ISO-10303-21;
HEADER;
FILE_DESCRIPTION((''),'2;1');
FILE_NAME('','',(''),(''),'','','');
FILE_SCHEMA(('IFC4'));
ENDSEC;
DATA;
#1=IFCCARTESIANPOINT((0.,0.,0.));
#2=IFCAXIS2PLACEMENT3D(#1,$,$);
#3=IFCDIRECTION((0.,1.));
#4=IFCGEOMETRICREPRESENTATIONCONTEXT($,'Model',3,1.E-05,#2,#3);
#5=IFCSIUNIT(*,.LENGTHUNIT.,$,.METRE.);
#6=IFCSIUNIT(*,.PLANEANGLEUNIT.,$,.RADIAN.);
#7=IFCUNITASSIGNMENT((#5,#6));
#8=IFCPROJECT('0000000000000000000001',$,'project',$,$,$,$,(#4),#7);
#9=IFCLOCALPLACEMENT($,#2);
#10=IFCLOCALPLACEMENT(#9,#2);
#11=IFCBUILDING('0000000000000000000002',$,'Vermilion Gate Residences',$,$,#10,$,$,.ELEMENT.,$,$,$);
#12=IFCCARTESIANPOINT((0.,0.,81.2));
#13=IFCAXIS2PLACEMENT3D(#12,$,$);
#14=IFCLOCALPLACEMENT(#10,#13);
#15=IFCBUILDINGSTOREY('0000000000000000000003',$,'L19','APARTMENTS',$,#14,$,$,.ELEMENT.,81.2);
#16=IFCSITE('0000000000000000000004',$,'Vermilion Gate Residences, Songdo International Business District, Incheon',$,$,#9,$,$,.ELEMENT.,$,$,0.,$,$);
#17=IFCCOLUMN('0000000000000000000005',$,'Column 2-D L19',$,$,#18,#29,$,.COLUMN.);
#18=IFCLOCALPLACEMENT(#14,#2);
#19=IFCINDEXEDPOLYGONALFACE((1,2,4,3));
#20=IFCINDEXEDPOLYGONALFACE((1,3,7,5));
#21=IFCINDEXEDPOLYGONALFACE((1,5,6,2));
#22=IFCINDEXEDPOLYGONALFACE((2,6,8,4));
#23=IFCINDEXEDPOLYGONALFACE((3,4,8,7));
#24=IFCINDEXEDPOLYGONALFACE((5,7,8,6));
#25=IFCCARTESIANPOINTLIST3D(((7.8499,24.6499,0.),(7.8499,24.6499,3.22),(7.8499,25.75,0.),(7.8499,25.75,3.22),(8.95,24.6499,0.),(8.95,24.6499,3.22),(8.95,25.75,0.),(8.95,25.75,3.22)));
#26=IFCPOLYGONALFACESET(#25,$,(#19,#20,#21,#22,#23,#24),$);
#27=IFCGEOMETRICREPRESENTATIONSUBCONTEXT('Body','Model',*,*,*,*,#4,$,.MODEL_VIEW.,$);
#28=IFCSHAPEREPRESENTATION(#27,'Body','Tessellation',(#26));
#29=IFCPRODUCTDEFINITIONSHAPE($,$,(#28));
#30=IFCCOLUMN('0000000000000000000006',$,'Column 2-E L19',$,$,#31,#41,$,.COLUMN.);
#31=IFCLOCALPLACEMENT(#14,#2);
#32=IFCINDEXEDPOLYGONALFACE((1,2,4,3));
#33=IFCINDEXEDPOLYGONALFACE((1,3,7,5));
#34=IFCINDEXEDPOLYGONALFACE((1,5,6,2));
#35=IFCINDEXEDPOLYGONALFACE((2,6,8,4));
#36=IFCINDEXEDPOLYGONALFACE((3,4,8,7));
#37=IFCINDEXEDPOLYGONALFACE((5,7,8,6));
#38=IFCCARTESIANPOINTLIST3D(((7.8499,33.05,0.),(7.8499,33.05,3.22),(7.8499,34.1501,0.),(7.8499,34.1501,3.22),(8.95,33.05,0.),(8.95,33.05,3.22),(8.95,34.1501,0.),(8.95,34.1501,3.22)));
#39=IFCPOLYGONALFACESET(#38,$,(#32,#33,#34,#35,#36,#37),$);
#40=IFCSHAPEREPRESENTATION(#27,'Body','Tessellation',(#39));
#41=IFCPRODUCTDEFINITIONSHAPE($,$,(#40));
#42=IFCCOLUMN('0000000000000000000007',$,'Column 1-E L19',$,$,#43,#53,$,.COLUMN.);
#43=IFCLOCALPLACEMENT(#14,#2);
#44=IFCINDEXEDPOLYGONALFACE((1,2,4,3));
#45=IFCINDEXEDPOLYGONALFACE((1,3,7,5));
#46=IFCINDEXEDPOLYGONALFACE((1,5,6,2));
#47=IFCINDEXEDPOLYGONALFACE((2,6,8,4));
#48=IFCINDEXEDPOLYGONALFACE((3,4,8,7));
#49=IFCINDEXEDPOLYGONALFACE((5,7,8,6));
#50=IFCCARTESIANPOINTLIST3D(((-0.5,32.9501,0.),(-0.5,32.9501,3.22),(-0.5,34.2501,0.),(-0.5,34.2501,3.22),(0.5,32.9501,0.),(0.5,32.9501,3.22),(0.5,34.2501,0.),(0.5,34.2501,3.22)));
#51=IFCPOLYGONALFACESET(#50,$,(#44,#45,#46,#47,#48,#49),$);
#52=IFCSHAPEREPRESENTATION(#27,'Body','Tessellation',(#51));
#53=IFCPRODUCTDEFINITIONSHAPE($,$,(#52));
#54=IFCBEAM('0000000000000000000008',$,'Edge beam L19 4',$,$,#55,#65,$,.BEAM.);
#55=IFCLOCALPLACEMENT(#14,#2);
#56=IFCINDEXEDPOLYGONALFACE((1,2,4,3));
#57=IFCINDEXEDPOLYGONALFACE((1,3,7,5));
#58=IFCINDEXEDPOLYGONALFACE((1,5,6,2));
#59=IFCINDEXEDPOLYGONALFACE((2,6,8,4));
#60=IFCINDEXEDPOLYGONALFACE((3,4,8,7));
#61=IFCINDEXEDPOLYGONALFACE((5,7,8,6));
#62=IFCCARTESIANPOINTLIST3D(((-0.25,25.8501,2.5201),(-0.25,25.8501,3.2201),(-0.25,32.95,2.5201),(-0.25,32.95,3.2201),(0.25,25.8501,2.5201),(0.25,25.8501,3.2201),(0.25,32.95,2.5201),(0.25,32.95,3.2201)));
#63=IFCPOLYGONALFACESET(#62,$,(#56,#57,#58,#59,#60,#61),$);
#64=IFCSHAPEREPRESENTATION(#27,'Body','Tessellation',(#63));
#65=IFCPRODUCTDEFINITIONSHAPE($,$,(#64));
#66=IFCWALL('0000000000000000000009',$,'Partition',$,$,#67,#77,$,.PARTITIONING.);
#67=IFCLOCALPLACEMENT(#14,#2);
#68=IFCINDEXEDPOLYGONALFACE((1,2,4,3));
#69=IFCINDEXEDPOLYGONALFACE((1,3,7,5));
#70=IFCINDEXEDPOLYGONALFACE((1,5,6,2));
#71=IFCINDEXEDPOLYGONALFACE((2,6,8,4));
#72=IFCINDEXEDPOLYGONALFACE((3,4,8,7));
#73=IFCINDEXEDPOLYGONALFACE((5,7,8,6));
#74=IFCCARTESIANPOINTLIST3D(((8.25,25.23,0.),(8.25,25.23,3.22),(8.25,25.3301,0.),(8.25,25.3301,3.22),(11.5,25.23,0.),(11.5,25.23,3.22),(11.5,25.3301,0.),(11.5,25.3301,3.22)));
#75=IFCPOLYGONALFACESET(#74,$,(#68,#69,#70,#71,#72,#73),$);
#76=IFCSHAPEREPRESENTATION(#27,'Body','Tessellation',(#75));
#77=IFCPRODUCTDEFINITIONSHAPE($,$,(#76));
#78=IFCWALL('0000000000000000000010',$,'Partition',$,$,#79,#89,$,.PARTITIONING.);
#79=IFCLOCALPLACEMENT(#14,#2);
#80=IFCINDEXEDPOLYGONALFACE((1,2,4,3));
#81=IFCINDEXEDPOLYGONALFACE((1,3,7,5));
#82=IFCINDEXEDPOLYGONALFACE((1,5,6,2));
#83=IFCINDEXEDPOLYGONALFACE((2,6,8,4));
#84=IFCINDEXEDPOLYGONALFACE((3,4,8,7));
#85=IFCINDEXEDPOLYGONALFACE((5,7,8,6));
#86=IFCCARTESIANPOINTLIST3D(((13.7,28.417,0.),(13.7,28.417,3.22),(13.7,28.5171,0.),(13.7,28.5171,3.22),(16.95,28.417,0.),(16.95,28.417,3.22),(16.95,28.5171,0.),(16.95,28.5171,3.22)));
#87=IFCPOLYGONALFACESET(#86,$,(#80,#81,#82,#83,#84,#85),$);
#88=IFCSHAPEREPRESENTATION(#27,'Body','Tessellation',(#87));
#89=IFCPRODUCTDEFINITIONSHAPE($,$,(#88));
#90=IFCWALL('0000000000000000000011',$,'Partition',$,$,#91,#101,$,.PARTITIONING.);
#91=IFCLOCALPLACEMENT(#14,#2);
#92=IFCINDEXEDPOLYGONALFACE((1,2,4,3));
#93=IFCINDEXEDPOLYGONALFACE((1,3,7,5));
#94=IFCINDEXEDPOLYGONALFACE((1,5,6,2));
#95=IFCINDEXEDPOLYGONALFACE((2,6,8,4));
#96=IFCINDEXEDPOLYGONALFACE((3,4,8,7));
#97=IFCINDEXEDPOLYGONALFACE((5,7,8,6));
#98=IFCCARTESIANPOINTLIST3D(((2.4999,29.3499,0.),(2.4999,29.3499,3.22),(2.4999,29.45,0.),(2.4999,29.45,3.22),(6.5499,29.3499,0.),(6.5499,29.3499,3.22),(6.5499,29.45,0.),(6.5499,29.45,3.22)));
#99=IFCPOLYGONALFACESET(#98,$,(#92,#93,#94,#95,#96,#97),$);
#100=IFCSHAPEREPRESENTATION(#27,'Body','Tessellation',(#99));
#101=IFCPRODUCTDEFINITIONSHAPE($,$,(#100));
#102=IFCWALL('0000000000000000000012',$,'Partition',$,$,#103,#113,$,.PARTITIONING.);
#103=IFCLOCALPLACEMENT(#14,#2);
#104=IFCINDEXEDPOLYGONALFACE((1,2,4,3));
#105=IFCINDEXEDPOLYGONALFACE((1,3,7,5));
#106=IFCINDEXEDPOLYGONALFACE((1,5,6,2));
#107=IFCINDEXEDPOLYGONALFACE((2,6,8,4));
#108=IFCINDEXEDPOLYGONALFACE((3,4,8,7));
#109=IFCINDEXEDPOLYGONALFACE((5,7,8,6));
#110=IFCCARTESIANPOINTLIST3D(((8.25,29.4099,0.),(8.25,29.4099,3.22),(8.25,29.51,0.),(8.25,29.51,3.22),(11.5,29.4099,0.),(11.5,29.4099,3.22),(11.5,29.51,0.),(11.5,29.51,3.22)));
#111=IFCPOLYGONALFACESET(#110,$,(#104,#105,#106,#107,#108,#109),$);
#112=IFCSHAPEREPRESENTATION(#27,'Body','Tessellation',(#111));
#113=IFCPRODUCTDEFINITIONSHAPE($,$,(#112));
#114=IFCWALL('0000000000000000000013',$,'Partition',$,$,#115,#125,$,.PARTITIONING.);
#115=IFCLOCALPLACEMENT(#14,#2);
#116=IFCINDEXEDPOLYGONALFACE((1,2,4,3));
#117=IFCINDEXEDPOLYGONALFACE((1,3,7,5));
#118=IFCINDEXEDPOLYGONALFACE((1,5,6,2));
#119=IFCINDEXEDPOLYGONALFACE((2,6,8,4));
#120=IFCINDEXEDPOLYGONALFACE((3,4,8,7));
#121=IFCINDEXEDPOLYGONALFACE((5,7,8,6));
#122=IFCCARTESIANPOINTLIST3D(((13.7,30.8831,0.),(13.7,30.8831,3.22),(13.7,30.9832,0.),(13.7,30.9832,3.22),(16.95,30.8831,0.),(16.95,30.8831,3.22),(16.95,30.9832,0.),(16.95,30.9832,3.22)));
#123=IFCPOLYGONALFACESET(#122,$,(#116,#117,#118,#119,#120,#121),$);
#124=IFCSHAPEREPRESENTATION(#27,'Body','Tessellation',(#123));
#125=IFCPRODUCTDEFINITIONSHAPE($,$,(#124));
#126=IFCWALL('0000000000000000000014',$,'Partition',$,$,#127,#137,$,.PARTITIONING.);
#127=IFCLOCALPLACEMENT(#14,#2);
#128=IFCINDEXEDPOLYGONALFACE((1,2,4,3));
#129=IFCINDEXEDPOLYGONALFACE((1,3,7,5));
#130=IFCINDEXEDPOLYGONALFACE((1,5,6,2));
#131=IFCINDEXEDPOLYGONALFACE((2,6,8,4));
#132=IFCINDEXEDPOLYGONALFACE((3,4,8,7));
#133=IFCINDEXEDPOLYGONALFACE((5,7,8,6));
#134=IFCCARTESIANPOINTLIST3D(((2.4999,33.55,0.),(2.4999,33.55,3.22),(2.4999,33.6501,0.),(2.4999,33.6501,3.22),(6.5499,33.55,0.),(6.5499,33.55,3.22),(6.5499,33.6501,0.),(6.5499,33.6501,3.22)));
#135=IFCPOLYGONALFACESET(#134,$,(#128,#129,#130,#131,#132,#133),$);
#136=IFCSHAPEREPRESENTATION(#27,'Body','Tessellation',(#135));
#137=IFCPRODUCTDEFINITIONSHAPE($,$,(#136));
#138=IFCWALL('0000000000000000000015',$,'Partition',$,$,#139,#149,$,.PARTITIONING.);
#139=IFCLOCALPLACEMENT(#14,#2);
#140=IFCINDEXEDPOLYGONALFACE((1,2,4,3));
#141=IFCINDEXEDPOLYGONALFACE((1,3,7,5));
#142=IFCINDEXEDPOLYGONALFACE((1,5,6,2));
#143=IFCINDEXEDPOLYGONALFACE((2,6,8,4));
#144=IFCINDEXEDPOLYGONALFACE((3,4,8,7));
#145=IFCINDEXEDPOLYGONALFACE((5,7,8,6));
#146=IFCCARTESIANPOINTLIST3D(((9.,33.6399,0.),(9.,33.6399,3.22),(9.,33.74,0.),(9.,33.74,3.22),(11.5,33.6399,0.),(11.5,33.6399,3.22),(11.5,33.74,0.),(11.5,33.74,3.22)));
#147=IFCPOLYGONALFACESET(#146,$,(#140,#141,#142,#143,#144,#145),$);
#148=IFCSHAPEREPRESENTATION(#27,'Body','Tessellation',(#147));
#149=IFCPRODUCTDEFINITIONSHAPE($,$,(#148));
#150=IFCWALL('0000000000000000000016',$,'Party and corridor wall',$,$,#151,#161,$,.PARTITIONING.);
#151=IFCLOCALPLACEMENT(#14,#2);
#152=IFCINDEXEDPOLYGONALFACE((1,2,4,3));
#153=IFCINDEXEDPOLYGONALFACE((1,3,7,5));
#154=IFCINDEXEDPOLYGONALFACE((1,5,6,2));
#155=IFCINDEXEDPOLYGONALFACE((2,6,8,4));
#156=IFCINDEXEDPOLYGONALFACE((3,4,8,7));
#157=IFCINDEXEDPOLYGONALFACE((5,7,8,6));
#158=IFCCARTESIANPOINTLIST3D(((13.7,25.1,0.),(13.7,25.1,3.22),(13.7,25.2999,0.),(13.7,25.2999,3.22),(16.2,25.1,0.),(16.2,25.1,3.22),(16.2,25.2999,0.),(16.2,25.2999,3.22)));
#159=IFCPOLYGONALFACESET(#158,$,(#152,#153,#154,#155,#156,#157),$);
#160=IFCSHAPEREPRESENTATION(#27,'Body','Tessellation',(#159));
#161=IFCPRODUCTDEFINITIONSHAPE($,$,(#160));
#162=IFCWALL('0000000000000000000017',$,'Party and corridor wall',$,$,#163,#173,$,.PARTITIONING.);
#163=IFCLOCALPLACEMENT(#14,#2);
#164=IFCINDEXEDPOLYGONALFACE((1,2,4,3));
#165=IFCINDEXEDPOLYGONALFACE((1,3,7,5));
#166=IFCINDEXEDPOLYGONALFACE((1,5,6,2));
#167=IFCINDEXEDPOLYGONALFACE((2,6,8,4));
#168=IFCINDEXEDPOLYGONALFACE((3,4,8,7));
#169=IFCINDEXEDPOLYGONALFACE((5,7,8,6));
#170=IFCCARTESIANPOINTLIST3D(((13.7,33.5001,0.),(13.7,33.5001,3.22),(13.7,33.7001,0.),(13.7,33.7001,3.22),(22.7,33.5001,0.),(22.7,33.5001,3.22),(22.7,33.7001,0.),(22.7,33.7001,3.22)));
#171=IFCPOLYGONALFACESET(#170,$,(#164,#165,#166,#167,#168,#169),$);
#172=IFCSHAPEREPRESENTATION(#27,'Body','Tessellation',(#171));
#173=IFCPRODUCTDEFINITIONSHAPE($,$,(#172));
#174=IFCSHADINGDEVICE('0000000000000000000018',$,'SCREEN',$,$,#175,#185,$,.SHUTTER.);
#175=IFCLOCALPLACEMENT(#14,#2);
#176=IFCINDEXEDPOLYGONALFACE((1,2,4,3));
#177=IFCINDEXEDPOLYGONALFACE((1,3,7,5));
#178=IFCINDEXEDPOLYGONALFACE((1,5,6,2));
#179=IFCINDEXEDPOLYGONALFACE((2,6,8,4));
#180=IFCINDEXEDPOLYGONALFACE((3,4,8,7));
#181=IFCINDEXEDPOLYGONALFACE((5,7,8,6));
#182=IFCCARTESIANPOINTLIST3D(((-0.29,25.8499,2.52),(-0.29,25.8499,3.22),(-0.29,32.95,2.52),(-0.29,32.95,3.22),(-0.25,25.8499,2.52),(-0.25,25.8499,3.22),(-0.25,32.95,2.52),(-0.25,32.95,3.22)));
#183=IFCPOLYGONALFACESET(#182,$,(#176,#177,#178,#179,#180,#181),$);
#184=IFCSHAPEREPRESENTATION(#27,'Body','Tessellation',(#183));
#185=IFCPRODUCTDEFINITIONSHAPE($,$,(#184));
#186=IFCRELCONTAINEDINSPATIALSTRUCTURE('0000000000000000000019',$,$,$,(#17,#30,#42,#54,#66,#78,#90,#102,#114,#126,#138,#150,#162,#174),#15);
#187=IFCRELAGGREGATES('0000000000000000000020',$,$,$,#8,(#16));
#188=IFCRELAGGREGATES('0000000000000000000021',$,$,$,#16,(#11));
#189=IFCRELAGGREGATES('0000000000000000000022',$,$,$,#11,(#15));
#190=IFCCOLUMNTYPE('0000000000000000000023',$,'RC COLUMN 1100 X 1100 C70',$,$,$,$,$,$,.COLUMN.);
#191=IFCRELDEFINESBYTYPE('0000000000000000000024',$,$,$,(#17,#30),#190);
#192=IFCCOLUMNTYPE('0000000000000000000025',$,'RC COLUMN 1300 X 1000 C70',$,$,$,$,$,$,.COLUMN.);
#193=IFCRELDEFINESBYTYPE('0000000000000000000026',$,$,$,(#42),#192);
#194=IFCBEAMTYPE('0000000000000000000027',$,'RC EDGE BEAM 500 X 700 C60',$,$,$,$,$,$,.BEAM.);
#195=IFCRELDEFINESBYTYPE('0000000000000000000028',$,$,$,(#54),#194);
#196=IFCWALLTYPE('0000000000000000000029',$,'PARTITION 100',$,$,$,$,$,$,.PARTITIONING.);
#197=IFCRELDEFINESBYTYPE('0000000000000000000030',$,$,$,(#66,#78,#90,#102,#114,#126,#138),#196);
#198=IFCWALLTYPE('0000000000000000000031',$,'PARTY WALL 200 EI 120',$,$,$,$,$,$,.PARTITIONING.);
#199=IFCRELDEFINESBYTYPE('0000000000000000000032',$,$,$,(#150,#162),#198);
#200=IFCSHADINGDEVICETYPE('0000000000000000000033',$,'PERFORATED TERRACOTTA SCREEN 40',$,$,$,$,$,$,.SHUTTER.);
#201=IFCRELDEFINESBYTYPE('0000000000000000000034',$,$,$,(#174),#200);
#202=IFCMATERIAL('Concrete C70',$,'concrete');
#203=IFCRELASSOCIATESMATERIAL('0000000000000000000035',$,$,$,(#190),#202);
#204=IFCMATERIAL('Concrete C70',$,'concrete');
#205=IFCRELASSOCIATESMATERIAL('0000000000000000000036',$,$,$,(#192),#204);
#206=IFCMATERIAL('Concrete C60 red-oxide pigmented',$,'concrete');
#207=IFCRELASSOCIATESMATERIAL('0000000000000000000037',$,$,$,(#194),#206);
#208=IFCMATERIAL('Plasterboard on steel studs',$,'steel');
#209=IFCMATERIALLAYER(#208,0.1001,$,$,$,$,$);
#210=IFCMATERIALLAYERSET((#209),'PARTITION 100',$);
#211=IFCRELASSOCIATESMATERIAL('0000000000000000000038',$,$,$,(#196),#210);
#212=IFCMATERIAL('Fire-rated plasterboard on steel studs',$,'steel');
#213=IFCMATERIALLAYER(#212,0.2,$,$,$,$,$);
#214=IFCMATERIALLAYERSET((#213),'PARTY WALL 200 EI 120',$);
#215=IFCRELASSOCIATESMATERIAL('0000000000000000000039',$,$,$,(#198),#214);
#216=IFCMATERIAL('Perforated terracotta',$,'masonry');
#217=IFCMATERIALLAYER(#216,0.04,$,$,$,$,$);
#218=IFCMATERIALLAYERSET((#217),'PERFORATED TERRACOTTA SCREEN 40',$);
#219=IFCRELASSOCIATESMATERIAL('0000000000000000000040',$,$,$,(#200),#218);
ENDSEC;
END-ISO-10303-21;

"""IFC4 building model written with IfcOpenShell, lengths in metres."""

from ifc_helpers import new_model, si_unit, direction, frame, frame_2d, origin, origin_2d, place, context, subcontext, project, spatial, rectangle, extrude, material, layer, layer_set, material_profile, profile_set, type_object, element, save


model = new_model("IFC4")

# Units and contexts
model_context = context("Model", 3, precision=1e-05, world=origin(), true_north=direction((0.0, 1.0)))
body_context = subcontext(model_context, "Body", "Model", "MODEL_VIEW")
ifc_project = project(units=[si_unit("LENGTHUNIT", "METRE"), si_unit("PLANEANGLEUNIT", "RADIAN")], contexts=[model_context])

# Site, building, storey
site_placement = place(None, origin())
site = spatial("IfcSite", under=ifc_project, at=site_placement, Name="Vermilion Gate Residences, Songdo International Business District, Incheon", CompositionType="ELEMENT", RefElevation=0.0)
building_placement = place(site_placement, origin())
building = spatial("IfcBuilding", under=site, at=building_placement, Name="Vermilion Gate Residences", CompositionType="ELEMENT")
storey_placement = place(building_placement, frame((0.0, 0.0, 81.2)))
storey = spatial("IfcBuildingStorey", under=building, at=storey_placement, Name="L19", Description="APARTMENTS", CompositionType="ELEMENT", Elevation=81.2)

# Columns
ifc_material_1 = material(Name="Concrete C70", Category="concrete")
ifc_material_profile_1 = material_profile(ifc_material_1, rectangle(XDim=1.1001, YDim=1.1001, at=origin_2d()), Name="RC-1100x1100")
ifc_profile_set_1 = profile_set([ifc_material_profile_1], Name="Concrete C70")
column_type_1 = type_object("IfcColumnType", Name="RC COLUMN 1100 X 1100 C70", PredefinedType="COLUMN", material=ifc_profile_set_1)
for number, where, z_axis, x_axis, name in (
    (1, (8.3999, 25.2, 0.0), (0.0, 0.0, 1.0), (1.0, 0.0, 0.0), "Column 2-D L19"),
    (2, (8.3999, 33.6001, 0.0), (0.0, 0.0, 1.0), (1.0, 0.0, 0.0), "Column 2-E L19"),
):
    element("IfcColumn", number, at=place(storey_placement, frame(where, z_axis=z_axis, x_axis=x_axis)), inside=storey, type_object=column_type_1, Name=name, PredefinedType="COLUMN", context=body_context, shape_type="SweptSolid", body=[
        extrude(rectangle(XDim=1.1001, YDim=1.1001, at=origin_2d()), origin(), (0.0, 0.0, 1.0), 3.22),
    ])
ifc_material_2 = material(Name="Concrete C70", Category="concrete")
ifc_material_profile_2 = material_profile(ifc_material_2, rectangle(XDim=1.3, YDim=1.0, at=origin_2d()), Name="RC-1300x1000")
ifc_profile_set_2 = profile_set([ifc_material_profile_2], Name="Concrete C70")
column_type_2 = type_object("IfcColumnType", Name="RC COLUMN 1300 X 1000 C70", PredefinedType="COLUMN", material=ifc_profile_set_2)
column_placement = place(storey_placement, frame((0.0, 33.6001, 0.0), z_axis=(0.0, 0.0, 1.0), x_axis=(0.0, 1.0, 0.0)))
element("IfcColumn", 3, at=column_placement, inside=storey, type_object=column_type_2, Name="Column 1-E L19", PredefinedType="COLUMN", context=body_context, shape_type="SweptSolid", body=[
    extrude(rectangle(XDim=1.3, YDim=1.0, at=origin_2d()), origin(), (0.0, 0.0, 1.0), 3.22),
])

# Beam
ifc_material_3 = material(Name="Concrete C60 red-oxide pigmented", Category="concrete")
ifc_material_profile_3 = material_profile(ifc_material_3, rectangle(XDim=0.5, YDim=0.7, at=origin_2d()), Name="RC-500x700")
ifc_profile_set_3 = profile_set([ifc_material_profile_3], Name="Concrete C60 red-oxide pigmented")
beam_type = type_object("IfcBeamType", Name="RC EDGE BEAM 500 X 700 C60", PredefinedType="BEAM", material=ifc_profile_set_3)
beam_placement = place(storey_placement, frame((0.0, 25.8501, 2.8701), z_axis=(0.0, 1.0, 0.0), x_axis=(-1.0, 0.0, 0.0)))
element("IfcBeam", 4, at=beam_placement, inside=storey, type_object=beam_type, Name="Edge beam L19 4", PredefinedType="BEAM", context=body_context, shape_type="SweptSolid", body=[
    extrude(rectangle(XDim=0.5, YDim=0.7, at=origin_2d()), origin(), (0.0, 0.0, 1.0), 7.0999),
])

# Walls
ifc_material_4 = material(Name="Plasterboard on steel studs", Category="steel")
ifc_layer_1 = layer(ifc_material_4, 0.1001)
ifc_layer_set_1 = layer_set([ifc_layer_1], Name="PARTITION 100")
wall_type_1 = type_object("IfcWallType", Name="PARTITION 100", PredefinedType="PARTITIONING", material=ifc_layer_set_1)
for number, where, z_axis, x_axis, name in (
    (5, (8.25, 25.28, 0.0), (0.0, 0.0, 1.0), (1.0, 0.0, 0.0), "Partition"),
    (6, (13.7, 28.467, 0.0), (0.0, 0.0, 1.0), (1.0, 0.0, 0.0), "Partition"),
):
    element("IfcWall", number, at=place(storey_placement, frame(where, z_axis=z_axis, x_axis=x_axis)), inside=storey, type_object=wall_type_1, Name=name, PredefinedType="PARTITIONING", context=body_context, shape_type="SweptSolid", body=[
        extrude(rectangle(XDim=3.25, YDim=0.1001, at=frame_2d((1.625, 0.0))), origin(), (0.0, 0.0, 1.0), 3.22),
    ])
wall_1_placement = place(storey_placement, frame((2.5, 29.3999, 0.0), z_axis=(0.0, 0.0, 1.0), x_axis=(1.0, 0.0, 0.0)))
element("IfcWall", 7, at=wall_1_placement, inside=storey, type_object=wall_type_1, Name="Partition", PredefinedType="PARTITIONING", context=body_context, shape_type="SweptSolid", body=[
    extrude(rectangle(XDim=4.05, YDim=0.1001, at=frame_2d((2.0249, 0.0))), origin(), (0.0, 0.0, 1.0), 3.22),
])
for number, where, z_axis, x_axis, name in (
    (8, (8.25, 29.46, 0.0), (0.0, 0.0, 1.0), (1.0, 0.0, 0.0), "Partition"),
    (9, (13.7, 30.9331, 0.0), (0.0, 0.0, 1.0), (1.0, 0.0, 0.0), "Partition"),
):
    element("IfcWall", number, at=place(storey_placement, frame(where, z_axis=z_axis, x_axis=x_axis)), inside=storey, type_object=wall_type_1, Name=name, PredefinedType="PARTITIONING", context=body_context, shape_type="SweptSolid", body=[
        extrude(rectangle(XDim=3.25, YDim=0.1001, at=frame_2d((1.625, 0.0))), origin(), (0.0, 0.0, 1.0), 3.22),
    ])
wall_2_placement = place(storey_placement, frame((2.5, 33.6001, 0.0), z_axis=(0.0, 0.0, 1.0), x_axis=(1.0, 0.0, 0.0)))
element("IfcWall", 10, at=wall_2_placement, inside=storey, type_object=wall_type_1, Name="Partition", PredefinedType="PARTITIONING", context=body_context, shape_type="SweptSolid", body=[
    extrude(rectangle(XDim=4.05, YDim=0.1001, at=frame_2d((2.0249, 0.0))), origin(), (0.0, 0.0, 1.0), 3.22),
])
wall_3_placement = place(storey_placement, frame((9.0, 33.6899, 0.0), z_axis=(0.0, 0.0, 1.0), x_axis=(1.0, 0.0, 0.0)))
element("IfcWall", 11, at=wall_3_placement, inside=storey, type_object=wall_type_1, Name="Partition", PredefinedType="PARTITIONING", context=body_context, shape_type="SweptSolid", body=[
    extrude(rectangle(XDim=2.5, YDim=0.1001, at=frame_2d((1.25, 0.0))), origin(), (0.0, 0.0, 1.0), 3.22),
])
ifc_material_5 = material(Name="Fire-rated plasterboard on steel studs", Category="steel")
ifc_layer_2 = layer(ifc_material_5, 0.2)
ifc_layer_set_2 = layer_set([ifc_layer_2], Name="PARTY WALL 200 EI 120")
wall_type_2 = type_object("IfcWallType", Name="PARTY WALL 200 EI 120", PredefinedType="PARTITIONING", material=ifc_layer_set_2)
wall_4_placement = place(storey_placement, frame((13.7, 25.2, 0.0), z_axis=(0.0, 0.0, 1.0), x_axis=(1.0, 0.0, 0.0)))
element("IfcWall", 12, at=wall_4_placement, inside=storey, type_object=wall_type_2, Name="Party and corridor wall", PredefinedType="PARTITIONING", context=body_context, shape_type="SweptSolid", body=[
    extrude(rectangle(XDim=2.5, YDim=0.2, at=frame_2d((1.25, 0.0))), origin(), (0.0, 0.0, 1.0), 3.22),
])
wall_5_placement = place(storey_placement, frame((13.7, 33.6001, 0.0), z_axis=(0.0, 0.0, 1.0), x_axis=(1.0, 0.0, 0.0)))
element("IfcWall", 13, at=wall_5_placement, inside=storey, type_object=wall_type_2, Name="Party and corridor wall", PredefinedType="PARTITIONING", context=body_context, shape_type="SweptSolid", body=[
    extrude(rectangle(XDim=9.0, YDim=0.2, at=frame_2d((4.5, 0.0))), origin(), (0.0, 0.0, 1.0), 3.22),
])

# Shading device
ifc_material_6 = material(Name="Perforated terracotta", Category="masonry")
ifc_layer_3 = layer(ifc_material_6, 0.04)
ifc_layer_set_3 = layer_set([ifc_layer_3], Name="PERFORATED TERRACOTTA SCREEN 40")
shading_device_type_1 = type_object("IfcShadingDeviceType", Name="PERFORATED TERRACOTTA SCREEN 40", PredefinedType="SHUTTER", material=ifc_layer_set_3)
shading_device_1_placement = place(storey_placement, frame((-0.27, 29.3999, 2.52), z_axis=(0.0, 0.0, 1.0), x_axis=(0.0, -1.0, 0.0)))
element("IfcShadingDevice", 14, at=shading_device_1_placement, inside=storey, type_object=shading_device_type_1, Name="SCREEN", PredefinedType="SHUTTER", context=body_context, shape_type="SweptSolid", body=[
    extrude(rectangle(XDim=7.1001, YDim=0.04, at=origin_2d()), origin(), (0.0, 0.0, 1.0), 0.7),
])

save(model, "model.ifc")
